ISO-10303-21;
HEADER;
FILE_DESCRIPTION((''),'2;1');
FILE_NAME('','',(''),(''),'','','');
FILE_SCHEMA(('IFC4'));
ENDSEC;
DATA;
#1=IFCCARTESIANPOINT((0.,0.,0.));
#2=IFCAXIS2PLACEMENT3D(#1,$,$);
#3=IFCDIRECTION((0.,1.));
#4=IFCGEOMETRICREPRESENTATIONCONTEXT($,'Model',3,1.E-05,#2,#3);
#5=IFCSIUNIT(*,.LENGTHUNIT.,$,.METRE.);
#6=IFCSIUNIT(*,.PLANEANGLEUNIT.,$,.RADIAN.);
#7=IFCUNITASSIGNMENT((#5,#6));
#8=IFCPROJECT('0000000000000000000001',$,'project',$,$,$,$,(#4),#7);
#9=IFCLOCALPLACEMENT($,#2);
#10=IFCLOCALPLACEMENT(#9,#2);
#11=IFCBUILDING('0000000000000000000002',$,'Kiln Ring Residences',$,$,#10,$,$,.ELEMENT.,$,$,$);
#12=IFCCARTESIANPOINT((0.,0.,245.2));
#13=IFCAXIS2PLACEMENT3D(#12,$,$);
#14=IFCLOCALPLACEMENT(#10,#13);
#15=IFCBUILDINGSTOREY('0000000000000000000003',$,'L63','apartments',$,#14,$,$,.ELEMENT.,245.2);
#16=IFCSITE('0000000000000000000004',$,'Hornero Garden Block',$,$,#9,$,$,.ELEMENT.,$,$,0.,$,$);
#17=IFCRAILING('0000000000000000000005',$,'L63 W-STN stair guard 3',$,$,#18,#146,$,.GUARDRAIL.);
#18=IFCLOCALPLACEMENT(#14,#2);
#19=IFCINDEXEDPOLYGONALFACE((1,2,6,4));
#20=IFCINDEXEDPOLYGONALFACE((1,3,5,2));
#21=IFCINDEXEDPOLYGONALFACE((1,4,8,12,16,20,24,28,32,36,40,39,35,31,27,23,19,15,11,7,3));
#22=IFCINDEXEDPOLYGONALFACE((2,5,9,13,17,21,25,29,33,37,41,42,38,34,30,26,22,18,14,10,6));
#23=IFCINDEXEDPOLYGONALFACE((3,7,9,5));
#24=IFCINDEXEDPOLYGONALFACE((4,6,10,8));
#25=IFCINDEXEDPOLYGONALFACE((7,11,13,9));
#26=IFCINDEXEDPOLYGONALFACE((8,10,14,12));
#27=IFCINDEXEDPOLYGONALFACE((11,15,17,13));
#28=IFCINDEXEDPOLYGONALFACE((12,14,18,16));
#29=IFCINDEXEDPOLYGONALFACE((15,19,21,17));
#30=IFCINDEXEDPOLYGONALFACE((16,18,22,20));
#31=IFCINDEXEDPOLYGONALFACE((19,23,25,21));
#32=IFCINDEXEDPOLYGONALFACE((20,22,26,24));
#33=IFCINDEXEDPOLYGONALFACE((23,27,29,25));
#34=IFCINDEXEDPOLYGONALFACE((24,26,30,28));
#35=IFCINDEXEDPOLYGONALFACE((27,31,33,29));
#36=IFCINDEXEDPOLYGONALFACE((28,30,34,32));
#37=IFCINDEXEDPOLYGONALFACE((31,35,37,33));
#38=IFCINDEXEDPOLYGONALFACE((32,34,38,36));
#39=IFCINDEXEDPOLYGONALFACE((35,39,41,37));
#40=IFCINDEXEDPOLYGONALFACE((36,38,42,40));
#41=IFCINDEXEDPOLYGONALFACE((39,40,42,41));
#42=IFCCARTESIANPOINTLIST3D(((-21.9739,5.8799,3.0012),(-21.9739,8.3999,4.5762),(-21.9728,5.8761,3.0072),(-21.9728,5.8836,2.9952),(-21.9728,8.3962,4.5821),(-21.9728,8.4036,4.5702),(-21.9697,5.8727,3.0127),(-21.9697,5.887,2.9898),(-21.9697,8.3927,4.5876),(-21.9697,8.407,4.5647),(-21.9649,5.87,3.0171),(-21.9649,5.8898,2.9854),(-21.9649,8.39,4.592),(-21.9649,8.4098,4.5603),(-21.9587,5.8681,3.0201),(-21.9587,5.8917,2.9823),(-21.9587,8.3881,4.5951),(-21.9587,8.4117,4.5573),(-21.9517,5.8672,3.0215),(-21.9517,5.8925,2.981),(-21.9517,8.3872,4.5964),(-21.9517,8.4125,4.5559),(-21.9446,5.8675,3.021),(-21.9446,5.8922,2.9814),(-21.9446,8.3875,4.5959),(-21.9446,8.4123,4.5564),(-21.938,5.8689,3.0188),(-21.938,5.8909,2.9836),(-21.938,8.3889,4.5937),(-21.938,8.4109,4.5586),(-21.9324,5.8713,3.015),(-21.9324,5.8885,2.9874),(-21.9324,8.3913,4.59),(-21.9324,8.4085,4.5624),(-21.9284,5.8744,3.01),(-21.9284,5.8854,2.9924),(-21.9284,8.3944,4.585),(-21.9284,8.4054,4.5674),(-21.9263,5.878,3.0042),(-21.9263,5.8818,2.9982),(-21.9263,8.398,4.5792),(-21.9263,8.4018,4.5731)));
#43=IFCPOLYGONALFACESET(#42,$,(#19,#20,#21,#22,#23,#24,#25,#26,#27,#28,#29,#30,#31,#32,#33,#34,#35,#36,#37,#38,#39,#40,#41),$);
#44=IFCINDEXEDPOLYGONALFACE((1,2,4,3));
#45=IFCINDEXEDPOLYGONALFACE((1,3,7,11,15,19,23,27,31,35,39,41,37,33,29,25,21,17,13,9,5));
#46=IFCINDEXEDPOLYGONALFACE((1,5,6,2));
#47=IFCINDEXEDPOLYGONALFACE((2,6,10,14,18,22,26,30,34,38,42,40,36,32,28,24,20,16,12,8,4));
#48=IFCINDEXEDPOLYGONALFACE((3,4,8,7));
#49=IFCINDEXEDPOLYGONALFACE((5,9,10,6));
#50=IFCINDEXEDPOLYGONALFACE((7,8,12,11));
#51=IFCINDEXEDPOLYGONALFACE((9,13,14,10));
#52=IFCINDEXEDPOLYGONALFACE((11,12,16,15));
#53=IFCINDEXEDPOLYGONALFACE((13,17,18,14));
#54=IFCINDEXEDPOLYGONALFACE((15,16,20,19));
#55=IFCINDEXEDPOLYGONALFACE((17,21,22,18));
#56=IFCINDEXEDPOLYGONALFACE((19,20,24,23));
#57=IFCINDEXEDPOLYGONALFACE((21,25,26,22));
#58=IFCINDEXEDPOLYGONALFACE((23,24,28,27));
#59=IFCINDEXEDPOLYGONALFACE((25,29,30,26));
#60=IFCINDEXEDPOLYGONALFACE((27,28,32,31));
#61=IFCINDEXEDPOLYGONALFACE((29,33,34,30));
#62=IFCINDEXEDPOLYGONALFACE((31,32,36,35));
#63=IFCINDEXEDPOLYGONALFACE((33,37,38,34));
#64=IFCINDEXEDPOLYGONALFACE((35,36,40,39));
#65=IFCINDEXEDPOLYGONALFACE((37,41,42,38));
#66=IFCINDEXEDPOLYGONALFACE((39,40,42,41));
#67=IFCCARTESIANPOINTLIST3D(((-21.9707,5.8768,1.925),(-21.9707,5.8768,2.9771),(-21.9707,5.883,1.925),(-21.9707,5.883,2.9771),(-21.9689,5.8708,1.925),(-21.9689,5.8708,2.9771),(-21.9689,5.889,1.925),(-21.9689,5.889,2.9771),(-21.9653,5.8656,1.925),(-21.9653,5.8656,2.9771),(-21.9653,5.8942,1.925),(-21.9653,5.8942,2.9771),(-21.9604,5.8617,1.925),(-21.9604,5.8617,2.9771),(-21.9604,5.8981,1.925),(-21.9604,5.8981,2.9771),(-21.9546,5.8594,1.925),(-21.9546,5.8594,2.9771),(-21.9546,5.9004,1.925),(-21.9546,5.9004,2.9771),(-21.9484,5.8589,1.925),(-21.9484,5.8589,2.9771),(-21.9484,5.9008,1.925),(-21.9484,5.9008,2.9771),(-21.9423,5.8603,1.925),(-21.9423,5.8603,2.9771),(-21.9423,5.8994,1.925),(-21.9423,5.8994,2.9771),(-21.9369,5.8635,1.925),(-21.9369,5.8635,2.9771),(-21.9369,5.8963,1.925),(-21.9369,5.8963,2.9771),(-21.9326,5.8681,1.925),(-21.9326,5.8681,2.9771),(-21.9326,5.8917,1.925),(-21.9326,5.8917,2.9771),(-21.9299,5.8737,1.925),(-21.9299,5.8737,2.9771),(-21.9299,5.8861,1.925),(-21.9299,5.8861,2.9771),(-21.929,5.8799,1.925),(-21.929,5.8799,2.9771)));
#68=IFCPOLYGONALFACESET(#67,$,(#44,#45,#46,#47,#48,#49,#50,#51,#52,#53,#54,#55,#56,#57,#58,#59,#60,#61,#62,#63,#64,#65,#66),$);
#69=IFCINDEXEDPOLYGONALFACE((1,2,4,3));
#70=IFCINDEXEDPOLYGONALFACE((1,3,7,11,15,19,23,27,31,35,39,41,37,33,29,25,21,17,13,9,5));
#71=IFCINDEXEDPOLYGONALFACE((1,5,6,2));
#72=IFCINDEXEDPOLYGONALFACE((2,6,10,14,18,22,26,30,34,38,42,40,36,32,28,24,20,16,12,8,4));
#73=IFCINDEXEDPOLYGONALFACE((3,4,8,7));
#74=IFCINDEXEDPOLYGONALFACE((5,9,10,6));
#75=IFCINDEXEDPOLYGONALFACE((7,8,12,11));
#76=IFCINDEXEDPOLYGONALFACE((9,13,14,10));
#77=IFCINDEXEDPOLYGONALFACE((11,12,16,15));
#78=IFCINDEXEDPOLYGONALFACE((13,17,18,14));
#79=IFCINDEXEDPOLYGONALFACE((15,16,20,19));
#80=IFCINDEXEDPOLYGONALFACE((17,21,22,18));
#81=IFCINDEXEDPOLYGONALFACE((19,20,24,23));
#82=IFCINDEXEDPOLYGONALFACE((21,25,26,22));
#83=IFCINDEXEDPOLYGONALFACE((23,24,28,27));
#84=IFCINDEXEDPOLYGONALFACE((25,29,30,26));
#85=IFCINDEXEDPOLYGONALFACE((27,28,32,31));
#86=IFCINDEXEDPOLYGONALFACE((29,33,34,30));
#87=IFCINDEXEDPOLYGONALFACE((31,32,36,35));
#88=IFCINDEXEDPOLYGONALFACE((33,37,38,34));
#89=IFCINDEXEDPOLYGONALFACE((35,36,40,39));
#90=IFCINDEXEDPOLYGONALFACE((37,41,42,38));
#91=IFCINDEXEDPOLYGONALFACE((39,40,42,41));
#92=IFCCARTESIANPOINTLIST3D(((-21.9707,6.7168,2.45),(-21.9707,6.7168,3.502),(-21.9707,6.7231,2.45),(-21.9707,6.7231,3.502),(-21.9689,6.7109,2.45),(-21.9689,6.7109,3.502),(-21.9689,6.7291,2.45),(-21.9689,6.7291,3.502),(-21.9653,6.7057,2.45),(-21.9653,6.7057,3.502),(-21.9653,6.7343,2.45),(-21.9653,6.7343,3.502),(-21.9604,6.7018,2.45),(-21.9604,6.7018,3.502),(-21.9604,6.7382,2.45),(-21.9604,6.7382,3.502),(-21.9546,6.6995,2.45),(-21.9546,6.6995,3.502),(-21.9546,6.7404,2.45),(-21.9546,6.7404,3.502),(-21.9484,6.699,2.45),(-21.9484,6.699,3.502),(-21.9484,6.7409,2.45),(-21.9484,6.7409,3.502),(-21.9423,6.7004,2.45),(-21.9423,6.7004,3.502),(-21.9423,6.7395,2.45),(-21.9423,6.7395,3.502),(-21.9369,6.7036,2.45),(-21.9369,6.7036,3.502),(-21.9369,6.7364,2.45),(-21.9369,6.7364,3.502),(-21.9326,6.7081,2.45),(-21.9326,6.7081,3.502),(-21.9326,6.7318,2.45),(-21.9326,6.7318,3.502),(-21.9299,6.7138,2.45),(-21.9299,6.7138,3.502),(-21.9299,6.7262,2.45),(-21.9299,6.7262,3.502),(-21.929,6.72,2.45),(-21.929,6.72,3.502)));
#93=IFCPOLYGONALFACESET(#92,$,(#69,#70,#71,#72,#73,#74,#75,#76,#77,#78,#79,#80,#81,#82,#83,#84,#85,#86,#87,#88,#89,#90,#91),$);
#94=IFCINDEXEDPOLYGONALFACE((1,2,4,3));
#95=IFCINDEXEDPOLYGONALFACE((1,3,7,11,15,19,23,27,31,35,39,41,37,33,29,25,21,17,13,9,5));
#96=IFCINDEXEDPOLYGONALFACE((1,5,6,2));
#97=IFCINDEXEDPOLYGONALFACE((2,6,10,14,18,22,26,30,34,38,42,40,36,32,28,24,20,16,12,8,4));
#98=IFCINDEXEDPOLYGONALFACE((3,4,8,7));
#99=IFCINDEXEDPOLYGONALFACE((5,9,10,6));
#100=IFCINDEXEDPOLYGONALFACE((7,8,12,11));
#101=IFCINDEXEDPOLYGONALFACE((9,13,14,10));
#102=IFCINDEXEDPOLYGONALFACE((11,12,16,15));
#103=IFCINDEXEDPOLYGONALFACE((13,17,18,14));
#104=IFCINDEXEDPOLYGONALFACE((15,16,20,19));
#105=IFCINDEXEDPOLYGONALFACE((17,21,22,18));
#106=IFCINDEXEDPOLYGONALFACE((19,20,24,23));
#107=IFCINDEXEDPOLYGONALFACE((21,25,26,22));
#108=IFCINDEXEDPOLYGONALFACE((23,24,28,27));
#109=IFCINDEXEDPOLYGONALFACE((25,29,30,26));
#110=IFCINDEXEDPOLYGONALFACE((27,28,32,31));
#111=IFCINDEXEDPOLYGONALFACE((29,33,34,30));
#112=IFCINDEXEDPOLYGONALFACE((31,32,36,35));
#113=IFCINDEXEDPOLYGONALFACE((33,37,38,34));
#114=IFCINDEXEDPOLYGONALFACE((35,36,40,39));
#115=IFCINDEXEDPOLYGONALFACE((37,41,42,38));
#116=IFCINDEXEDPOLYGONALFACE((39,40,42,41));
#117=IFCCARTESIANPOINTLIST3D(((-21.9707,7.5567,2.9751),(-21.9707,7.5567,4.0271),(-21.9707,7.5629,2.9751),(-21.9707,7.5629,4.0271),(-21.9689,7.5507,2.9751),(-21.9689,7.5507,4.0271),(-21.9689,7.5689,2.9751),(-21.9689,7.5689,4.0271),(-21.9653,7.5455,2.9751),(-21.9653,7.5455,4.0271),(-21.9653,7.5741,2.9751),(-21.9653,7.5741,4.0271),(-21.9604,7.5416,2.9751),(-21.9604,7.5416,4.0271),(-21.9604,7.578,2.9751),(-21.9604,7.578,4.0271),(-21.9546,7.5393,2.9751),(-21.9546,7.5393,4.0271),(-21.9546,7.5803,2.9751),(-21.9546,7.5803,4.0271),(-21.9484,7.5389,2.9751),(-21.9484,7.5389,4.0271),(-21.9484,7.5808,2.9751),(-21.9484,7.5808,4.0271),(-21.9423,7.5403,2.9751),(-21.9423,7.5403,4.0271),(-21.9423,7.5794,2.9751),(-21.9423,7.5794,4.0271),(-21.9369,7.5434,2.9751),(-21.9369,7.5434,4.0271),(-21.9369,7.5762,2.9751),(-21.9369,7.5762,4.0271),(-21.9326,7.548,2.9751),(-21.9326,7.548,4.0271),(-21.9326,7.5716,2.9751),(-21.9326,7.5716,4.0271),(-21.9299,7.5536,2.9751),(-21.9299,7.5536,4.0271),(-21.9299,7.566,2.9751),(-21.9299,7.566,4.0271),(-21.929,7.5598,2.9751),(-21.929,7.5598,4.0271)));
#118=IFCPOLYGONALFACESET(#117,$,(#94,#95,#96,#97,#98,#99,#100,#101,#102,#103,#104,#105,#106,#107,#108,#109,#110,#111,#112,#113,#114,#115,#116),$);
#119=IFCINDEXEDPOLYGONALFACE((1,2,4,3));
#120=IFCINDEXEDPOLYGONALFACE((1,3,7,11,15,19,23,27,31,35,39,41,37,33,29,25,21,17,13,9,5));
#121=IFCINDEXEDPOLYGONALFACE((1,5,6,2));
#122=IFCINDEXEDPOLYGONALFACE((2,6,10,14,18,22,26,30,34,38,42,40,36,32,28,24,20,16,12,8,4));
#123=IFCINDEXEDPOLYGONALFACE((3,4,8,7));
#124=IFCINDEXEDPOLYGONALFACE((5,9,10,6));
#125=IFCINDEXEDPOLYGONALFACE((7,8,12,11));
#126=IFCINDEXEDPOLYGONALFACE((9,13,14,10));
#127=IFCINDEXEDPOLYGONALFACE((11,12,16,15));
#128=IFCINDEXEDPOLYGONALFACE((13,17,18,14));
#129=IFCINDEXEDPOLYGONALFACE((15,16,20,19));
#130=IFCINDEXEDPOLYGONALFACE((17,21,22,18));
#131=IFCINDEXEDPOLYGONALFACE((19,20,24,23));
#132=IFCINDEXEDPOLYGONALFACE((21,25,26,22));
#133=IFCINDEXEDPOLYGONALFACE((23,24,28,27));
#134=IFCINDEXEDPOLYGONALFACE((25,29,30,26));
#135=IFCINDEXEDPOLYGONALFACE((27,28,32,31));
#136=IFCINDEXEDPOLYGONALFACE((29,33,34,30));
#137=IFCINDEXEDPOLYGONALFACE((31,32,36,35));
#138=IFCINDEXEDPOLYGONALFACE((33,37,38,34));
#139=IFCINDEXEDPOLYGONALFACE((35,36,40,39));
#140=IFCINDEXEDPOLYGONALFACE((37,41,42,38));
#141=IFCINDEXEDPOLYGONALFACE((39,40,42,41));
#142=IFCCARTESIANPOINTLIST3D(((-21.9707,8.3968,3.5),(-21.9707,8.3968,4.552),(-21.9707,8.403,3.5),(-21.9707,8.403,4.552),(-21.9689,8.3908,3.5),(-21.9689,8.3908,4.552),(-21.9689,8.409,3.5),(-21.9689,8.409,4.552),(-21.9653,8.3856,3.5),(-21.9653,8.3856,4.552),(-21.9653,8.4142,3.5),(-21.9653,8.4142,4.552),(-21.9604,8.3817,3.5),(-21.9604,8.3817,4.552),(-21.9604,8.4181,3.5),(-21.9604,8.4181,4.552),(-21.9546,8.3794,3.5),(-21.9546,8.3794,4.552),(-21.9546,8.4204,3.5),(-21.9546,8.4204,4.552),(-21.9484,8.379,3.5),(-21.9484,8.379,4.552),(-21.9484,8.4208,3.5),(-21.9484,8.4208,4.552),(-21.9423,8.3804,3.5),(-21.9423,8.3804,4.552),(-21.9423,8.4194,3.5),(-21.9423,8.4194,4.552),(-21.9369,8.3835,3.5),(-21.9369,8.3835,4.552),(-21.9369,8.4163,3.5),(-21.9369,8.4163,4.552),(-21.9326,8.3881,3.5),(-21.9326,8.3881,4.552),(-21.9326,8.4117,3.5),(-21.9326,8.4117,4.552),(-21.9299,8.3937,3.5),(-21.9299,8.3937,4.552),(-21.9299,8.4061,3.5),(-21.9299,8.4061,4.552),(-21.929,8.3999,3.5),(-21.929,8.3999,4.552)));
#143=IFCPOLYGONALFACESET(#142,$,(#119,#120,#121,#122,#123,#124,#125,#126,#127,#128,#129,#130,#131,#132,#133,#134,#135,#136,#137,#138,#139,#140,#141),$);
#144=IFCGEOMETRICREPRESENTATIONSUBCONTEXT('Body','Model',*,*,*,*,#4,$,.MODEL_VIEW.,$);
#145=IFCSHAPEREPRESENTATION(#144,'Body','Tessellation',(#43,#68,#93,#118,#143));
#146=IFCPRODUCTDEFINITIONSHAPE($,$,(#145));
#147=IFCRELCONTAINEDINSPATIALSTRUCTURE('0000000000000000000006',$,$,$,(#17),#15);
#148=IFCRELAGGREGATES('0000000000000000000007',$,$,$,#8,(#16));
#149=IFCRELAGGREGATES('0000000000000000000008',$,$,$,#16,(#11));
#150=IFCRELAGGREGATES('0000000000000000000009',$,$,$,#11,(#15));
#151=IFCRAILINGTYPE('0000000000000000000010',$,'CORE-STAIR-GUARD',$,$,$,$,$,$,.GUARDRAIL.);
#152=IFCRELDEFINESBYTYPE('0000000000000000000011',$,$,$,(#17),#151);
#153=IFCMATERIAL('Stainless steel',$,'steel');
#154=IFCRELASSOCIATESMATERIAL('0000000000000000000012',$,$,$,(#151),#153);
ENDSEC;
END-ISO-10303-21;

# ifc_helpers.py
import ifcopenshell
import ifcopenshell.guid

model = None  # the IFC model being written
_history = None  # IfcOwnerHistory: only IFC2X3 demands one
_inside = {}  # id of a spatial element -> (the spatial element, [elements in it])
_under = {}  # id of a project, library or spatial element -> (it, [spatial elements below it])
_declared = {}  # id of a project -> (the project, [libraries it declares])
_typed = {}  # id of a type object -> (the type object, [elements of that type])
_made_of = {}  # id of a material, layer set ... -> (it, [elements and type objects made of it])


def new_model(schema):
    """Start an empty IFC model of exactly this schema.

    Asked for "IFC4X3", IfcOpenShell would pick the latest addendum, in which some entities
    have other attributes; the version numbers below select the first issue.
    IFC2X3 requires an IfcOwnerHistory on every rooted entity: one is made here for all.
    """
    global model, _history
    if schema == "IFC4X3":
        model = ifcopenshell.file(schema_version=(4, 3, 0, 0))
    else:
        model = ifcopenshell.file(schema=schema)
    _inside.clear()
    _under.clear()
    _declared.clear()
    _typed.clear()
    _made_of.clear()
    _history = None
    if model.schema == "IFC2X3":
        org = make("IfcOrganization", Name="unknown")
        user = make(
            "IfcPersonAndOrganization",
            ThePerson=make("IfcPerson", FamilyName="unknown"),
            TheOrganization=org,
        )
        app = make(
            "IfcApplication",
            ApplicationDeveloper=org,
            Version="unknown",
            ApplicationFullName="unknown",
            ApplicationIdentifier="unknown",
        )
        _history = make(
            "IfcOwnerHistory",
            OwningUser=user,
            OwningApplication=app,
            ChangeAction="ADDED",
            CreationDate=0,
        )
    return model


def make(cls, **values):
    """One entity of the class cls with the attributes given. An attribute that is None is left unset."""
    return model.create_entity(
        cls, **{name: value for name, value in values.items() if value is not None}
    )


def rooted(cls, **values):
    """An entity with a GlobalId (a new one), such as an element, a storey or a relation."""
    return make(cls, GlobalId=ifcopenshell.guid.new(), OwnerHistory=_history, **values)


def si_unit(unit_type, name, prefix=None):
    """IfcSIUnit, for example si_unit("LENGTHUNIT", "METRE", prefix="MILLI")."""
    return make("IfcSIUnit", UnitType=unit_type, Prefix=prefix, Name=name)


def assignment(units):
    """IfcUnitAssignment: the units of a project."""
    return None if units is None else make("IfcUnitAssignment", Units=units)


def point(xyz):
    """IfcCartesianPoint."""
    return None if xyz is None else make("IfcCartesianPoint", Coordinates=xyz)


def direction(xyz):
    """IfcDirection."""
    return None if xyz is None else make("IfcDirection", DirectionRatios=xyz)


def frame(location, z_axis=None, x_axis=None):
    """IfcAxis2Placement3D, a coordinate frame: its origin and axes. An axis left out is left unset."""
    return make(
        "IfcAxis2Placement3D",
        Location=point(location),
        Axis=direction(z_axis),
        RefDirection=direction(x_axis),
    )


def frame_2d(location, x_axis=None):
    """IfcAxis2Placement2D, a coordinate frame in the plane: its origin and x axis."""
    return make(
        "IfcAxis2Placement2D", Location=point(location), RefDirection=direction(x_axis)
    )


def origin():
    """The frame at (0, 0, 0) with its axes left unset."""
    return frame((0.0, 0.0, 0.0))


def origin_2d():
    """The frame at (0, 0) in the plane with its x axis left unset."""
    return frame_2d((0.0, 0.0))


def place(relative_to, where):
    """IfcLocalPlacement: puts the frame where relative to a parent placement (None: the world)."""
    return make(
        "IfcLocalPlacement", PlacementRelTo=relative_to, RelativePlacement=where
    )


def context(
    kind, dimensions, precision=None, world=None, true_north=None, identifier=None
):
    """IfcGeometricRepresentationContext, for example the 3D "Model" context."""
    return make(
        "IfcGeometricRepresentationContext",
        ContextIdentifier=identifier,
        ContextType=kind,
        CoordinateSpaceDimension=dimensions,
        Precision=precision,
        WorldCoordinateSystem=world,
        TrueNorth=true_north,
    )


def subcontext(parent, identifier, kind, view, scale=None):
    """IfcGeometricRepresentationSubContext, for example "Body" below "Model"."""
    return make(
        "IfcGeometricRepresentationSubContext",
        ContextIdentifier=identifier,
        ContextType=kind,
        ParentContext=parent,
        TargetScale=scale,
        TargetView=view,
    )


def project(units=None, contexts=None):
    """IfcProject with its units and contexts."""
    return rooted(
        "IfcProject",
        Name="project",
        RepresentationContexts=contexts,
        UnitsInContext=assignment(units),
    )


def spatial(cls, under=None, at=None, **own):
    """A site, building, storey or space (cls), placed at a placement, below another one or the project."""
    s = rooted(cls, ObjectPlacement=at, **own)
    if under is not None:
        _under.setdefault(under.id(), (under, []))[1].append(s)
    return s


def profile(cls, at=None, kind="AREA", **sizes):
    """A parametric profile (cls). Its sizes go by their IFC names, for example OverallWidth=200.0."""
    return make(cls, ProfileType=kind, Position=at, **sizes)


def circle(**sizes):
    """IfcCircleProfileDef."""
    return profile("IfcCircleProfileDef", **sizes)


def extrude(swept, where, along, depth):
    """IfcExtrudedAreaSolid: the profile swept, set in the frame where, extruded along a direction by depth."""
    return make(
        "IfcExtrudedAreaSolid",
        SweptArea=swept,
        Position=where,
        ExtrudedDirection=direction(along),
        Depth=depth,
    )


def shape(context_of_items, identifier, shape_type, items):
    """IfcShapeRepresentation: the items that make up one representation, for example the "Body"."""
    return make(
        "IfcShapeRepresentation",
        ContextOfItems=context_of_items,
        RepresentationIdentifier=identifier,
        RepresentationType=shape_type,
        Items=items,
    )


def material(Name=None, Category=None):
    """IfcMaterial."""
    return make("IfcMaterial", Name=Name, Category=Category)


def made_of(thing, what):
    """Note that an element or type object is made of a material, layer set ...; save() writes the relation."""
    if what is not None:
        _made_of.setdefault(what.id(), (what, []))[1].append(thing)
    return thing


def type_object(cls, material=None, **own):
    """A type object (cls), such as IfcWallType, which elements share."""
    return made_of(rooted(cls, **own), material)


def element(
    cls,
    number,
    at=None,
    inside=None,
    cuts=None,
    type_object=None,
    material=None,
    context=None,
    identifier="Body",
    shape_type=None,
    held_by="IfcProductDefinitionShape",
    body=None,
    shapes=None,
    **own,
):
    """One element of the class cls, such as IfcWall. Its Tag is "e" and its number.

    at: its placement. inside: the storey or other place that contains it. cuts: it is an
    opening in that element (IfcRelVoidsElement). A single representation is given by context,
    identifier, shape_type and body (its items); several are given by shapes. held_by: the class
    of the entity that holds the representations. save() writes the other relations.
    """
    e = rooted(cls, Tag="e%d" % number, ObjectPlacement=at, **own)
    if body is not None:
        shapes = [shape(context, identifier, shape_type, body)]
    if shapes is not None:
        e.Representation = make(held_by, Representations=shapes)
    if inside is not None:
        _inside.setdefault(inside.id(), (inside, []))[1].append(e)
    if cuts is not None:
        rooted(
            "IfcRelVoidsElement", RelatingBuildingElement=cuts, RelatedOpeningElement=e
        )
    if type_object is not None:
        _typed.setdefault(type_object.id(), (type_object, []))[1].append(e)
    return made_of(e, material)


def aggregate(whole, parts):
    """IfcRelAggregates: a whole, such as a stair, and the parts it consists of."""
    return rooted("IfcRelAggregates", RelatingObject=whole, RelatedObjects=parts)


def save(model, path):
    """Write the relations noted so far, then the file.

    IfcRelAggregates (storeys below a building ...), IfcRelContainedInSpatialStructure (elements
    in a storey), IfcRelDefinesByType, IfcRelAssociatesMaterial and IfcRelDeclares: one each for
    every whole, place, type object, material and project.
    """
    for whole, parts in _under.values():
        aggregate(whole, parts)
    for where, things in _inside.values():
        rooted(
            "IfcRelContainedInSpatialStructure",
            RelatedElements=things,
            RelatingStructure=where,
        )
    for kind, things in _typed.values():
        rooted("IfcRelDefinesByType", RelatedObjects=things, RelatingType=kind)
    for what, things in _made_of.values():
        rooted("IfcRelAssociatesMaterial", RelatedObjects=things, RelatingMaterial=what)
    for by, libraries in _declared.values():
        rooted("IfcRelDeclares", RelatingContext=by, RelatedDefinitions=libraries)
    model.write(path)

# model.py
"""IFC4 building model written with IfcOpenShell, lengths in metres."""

from ifc_helpers import new_model, si_unit, direction, frame, origin, origin_2d, place, context, subcontext, project, spatial, circle, extrude, material, type_object, element, save


model = new_model("IFC4")

# Units and contexts
model_context = context("Model", 3, precision=1e-05, world=origin(), true_north=direction((0.0, 1.0)))
body_context = subcontext(model_context, "Body", "Model", "MODEL_VIEW")
ifc_project = project(units=[si_unit("LENGTHUNIT", "METRE"), si_unit("PLANEANGLEUNIT", "RADIAN")], contexts=[model_context])

# Site, building, storey
site_placement = place(None, origin())
site = spatial("IfcSite", under=ifc_project, at=site_placement, Name="Hornero Garden Block", CompositionType="ELEMENT", RefElevation=0.0)
building_placement = place(site_placement, origin())
building = spatial("IfcBuilding", under=site, at=building_placement, Name="Kiln Ring Residences", CompositionType="ELEMENT")
storey_placement = place(building_placement, frame((0.0, 0.0, 245.2)))
storey = spatial("IfcBuildingStorey", under=building, at=storey_placement, Name="L63", Description="apartments", CompositionType="ELEMENT", Elevation=245.2)

# Railing
ifc_material_1 = material(Name="Stainless steel", Category="steel")
railing_type_1 = type_object("IfcRailingType", Name="CORE-STAIR-GUARD", PredefinedType="GUARDRAIL", material=ifc_material_1)
railing_1_placement = place(storey_placement, frame((-21.95, 5.8799, 1.925)))
element("IfcRailing", 1, at=railing_1_placement, inside=storey, type_object=railing_type_1, Name="L63 W-STN stair guard 3", PredefinedType="GUARDRAIL", context=body_context, shape_type="SweptSolid", body=[
    extrude(circle(Radius=0.0239, at=origin_2d()), frame((0.0, 0.0, 1.0762), z_axis=(0.0, 0.848008, 0.529984), x_axis=(-1.0, 0.0, 0.0)), (0.0, 0.0, 1.0), 2.9717),
    extrude(circle(Radius=0.021, at=origin_2d()), origin(), (0.0, 0.0, 1.0), 1.052),
    extrude(circle(Radius=0.021, at=origin_2d()), frame((0.0, 0.8401, 0.5249)), (0.0, 0.0, 1.0), 1.052),
    extrude(circle(Radius=0.021, at=origin_2d()), frame((0.0, 1.6799, 1.05)), (0.0, 0.0, 1.0), 1.052),
    extrude(circle(Radius=0.021, at=origin_2d()), frame((0.0, 2.52, 1.575)), (0.0, 0.0, 1.0), 1.052),
])

save(model, "model.ifc")
